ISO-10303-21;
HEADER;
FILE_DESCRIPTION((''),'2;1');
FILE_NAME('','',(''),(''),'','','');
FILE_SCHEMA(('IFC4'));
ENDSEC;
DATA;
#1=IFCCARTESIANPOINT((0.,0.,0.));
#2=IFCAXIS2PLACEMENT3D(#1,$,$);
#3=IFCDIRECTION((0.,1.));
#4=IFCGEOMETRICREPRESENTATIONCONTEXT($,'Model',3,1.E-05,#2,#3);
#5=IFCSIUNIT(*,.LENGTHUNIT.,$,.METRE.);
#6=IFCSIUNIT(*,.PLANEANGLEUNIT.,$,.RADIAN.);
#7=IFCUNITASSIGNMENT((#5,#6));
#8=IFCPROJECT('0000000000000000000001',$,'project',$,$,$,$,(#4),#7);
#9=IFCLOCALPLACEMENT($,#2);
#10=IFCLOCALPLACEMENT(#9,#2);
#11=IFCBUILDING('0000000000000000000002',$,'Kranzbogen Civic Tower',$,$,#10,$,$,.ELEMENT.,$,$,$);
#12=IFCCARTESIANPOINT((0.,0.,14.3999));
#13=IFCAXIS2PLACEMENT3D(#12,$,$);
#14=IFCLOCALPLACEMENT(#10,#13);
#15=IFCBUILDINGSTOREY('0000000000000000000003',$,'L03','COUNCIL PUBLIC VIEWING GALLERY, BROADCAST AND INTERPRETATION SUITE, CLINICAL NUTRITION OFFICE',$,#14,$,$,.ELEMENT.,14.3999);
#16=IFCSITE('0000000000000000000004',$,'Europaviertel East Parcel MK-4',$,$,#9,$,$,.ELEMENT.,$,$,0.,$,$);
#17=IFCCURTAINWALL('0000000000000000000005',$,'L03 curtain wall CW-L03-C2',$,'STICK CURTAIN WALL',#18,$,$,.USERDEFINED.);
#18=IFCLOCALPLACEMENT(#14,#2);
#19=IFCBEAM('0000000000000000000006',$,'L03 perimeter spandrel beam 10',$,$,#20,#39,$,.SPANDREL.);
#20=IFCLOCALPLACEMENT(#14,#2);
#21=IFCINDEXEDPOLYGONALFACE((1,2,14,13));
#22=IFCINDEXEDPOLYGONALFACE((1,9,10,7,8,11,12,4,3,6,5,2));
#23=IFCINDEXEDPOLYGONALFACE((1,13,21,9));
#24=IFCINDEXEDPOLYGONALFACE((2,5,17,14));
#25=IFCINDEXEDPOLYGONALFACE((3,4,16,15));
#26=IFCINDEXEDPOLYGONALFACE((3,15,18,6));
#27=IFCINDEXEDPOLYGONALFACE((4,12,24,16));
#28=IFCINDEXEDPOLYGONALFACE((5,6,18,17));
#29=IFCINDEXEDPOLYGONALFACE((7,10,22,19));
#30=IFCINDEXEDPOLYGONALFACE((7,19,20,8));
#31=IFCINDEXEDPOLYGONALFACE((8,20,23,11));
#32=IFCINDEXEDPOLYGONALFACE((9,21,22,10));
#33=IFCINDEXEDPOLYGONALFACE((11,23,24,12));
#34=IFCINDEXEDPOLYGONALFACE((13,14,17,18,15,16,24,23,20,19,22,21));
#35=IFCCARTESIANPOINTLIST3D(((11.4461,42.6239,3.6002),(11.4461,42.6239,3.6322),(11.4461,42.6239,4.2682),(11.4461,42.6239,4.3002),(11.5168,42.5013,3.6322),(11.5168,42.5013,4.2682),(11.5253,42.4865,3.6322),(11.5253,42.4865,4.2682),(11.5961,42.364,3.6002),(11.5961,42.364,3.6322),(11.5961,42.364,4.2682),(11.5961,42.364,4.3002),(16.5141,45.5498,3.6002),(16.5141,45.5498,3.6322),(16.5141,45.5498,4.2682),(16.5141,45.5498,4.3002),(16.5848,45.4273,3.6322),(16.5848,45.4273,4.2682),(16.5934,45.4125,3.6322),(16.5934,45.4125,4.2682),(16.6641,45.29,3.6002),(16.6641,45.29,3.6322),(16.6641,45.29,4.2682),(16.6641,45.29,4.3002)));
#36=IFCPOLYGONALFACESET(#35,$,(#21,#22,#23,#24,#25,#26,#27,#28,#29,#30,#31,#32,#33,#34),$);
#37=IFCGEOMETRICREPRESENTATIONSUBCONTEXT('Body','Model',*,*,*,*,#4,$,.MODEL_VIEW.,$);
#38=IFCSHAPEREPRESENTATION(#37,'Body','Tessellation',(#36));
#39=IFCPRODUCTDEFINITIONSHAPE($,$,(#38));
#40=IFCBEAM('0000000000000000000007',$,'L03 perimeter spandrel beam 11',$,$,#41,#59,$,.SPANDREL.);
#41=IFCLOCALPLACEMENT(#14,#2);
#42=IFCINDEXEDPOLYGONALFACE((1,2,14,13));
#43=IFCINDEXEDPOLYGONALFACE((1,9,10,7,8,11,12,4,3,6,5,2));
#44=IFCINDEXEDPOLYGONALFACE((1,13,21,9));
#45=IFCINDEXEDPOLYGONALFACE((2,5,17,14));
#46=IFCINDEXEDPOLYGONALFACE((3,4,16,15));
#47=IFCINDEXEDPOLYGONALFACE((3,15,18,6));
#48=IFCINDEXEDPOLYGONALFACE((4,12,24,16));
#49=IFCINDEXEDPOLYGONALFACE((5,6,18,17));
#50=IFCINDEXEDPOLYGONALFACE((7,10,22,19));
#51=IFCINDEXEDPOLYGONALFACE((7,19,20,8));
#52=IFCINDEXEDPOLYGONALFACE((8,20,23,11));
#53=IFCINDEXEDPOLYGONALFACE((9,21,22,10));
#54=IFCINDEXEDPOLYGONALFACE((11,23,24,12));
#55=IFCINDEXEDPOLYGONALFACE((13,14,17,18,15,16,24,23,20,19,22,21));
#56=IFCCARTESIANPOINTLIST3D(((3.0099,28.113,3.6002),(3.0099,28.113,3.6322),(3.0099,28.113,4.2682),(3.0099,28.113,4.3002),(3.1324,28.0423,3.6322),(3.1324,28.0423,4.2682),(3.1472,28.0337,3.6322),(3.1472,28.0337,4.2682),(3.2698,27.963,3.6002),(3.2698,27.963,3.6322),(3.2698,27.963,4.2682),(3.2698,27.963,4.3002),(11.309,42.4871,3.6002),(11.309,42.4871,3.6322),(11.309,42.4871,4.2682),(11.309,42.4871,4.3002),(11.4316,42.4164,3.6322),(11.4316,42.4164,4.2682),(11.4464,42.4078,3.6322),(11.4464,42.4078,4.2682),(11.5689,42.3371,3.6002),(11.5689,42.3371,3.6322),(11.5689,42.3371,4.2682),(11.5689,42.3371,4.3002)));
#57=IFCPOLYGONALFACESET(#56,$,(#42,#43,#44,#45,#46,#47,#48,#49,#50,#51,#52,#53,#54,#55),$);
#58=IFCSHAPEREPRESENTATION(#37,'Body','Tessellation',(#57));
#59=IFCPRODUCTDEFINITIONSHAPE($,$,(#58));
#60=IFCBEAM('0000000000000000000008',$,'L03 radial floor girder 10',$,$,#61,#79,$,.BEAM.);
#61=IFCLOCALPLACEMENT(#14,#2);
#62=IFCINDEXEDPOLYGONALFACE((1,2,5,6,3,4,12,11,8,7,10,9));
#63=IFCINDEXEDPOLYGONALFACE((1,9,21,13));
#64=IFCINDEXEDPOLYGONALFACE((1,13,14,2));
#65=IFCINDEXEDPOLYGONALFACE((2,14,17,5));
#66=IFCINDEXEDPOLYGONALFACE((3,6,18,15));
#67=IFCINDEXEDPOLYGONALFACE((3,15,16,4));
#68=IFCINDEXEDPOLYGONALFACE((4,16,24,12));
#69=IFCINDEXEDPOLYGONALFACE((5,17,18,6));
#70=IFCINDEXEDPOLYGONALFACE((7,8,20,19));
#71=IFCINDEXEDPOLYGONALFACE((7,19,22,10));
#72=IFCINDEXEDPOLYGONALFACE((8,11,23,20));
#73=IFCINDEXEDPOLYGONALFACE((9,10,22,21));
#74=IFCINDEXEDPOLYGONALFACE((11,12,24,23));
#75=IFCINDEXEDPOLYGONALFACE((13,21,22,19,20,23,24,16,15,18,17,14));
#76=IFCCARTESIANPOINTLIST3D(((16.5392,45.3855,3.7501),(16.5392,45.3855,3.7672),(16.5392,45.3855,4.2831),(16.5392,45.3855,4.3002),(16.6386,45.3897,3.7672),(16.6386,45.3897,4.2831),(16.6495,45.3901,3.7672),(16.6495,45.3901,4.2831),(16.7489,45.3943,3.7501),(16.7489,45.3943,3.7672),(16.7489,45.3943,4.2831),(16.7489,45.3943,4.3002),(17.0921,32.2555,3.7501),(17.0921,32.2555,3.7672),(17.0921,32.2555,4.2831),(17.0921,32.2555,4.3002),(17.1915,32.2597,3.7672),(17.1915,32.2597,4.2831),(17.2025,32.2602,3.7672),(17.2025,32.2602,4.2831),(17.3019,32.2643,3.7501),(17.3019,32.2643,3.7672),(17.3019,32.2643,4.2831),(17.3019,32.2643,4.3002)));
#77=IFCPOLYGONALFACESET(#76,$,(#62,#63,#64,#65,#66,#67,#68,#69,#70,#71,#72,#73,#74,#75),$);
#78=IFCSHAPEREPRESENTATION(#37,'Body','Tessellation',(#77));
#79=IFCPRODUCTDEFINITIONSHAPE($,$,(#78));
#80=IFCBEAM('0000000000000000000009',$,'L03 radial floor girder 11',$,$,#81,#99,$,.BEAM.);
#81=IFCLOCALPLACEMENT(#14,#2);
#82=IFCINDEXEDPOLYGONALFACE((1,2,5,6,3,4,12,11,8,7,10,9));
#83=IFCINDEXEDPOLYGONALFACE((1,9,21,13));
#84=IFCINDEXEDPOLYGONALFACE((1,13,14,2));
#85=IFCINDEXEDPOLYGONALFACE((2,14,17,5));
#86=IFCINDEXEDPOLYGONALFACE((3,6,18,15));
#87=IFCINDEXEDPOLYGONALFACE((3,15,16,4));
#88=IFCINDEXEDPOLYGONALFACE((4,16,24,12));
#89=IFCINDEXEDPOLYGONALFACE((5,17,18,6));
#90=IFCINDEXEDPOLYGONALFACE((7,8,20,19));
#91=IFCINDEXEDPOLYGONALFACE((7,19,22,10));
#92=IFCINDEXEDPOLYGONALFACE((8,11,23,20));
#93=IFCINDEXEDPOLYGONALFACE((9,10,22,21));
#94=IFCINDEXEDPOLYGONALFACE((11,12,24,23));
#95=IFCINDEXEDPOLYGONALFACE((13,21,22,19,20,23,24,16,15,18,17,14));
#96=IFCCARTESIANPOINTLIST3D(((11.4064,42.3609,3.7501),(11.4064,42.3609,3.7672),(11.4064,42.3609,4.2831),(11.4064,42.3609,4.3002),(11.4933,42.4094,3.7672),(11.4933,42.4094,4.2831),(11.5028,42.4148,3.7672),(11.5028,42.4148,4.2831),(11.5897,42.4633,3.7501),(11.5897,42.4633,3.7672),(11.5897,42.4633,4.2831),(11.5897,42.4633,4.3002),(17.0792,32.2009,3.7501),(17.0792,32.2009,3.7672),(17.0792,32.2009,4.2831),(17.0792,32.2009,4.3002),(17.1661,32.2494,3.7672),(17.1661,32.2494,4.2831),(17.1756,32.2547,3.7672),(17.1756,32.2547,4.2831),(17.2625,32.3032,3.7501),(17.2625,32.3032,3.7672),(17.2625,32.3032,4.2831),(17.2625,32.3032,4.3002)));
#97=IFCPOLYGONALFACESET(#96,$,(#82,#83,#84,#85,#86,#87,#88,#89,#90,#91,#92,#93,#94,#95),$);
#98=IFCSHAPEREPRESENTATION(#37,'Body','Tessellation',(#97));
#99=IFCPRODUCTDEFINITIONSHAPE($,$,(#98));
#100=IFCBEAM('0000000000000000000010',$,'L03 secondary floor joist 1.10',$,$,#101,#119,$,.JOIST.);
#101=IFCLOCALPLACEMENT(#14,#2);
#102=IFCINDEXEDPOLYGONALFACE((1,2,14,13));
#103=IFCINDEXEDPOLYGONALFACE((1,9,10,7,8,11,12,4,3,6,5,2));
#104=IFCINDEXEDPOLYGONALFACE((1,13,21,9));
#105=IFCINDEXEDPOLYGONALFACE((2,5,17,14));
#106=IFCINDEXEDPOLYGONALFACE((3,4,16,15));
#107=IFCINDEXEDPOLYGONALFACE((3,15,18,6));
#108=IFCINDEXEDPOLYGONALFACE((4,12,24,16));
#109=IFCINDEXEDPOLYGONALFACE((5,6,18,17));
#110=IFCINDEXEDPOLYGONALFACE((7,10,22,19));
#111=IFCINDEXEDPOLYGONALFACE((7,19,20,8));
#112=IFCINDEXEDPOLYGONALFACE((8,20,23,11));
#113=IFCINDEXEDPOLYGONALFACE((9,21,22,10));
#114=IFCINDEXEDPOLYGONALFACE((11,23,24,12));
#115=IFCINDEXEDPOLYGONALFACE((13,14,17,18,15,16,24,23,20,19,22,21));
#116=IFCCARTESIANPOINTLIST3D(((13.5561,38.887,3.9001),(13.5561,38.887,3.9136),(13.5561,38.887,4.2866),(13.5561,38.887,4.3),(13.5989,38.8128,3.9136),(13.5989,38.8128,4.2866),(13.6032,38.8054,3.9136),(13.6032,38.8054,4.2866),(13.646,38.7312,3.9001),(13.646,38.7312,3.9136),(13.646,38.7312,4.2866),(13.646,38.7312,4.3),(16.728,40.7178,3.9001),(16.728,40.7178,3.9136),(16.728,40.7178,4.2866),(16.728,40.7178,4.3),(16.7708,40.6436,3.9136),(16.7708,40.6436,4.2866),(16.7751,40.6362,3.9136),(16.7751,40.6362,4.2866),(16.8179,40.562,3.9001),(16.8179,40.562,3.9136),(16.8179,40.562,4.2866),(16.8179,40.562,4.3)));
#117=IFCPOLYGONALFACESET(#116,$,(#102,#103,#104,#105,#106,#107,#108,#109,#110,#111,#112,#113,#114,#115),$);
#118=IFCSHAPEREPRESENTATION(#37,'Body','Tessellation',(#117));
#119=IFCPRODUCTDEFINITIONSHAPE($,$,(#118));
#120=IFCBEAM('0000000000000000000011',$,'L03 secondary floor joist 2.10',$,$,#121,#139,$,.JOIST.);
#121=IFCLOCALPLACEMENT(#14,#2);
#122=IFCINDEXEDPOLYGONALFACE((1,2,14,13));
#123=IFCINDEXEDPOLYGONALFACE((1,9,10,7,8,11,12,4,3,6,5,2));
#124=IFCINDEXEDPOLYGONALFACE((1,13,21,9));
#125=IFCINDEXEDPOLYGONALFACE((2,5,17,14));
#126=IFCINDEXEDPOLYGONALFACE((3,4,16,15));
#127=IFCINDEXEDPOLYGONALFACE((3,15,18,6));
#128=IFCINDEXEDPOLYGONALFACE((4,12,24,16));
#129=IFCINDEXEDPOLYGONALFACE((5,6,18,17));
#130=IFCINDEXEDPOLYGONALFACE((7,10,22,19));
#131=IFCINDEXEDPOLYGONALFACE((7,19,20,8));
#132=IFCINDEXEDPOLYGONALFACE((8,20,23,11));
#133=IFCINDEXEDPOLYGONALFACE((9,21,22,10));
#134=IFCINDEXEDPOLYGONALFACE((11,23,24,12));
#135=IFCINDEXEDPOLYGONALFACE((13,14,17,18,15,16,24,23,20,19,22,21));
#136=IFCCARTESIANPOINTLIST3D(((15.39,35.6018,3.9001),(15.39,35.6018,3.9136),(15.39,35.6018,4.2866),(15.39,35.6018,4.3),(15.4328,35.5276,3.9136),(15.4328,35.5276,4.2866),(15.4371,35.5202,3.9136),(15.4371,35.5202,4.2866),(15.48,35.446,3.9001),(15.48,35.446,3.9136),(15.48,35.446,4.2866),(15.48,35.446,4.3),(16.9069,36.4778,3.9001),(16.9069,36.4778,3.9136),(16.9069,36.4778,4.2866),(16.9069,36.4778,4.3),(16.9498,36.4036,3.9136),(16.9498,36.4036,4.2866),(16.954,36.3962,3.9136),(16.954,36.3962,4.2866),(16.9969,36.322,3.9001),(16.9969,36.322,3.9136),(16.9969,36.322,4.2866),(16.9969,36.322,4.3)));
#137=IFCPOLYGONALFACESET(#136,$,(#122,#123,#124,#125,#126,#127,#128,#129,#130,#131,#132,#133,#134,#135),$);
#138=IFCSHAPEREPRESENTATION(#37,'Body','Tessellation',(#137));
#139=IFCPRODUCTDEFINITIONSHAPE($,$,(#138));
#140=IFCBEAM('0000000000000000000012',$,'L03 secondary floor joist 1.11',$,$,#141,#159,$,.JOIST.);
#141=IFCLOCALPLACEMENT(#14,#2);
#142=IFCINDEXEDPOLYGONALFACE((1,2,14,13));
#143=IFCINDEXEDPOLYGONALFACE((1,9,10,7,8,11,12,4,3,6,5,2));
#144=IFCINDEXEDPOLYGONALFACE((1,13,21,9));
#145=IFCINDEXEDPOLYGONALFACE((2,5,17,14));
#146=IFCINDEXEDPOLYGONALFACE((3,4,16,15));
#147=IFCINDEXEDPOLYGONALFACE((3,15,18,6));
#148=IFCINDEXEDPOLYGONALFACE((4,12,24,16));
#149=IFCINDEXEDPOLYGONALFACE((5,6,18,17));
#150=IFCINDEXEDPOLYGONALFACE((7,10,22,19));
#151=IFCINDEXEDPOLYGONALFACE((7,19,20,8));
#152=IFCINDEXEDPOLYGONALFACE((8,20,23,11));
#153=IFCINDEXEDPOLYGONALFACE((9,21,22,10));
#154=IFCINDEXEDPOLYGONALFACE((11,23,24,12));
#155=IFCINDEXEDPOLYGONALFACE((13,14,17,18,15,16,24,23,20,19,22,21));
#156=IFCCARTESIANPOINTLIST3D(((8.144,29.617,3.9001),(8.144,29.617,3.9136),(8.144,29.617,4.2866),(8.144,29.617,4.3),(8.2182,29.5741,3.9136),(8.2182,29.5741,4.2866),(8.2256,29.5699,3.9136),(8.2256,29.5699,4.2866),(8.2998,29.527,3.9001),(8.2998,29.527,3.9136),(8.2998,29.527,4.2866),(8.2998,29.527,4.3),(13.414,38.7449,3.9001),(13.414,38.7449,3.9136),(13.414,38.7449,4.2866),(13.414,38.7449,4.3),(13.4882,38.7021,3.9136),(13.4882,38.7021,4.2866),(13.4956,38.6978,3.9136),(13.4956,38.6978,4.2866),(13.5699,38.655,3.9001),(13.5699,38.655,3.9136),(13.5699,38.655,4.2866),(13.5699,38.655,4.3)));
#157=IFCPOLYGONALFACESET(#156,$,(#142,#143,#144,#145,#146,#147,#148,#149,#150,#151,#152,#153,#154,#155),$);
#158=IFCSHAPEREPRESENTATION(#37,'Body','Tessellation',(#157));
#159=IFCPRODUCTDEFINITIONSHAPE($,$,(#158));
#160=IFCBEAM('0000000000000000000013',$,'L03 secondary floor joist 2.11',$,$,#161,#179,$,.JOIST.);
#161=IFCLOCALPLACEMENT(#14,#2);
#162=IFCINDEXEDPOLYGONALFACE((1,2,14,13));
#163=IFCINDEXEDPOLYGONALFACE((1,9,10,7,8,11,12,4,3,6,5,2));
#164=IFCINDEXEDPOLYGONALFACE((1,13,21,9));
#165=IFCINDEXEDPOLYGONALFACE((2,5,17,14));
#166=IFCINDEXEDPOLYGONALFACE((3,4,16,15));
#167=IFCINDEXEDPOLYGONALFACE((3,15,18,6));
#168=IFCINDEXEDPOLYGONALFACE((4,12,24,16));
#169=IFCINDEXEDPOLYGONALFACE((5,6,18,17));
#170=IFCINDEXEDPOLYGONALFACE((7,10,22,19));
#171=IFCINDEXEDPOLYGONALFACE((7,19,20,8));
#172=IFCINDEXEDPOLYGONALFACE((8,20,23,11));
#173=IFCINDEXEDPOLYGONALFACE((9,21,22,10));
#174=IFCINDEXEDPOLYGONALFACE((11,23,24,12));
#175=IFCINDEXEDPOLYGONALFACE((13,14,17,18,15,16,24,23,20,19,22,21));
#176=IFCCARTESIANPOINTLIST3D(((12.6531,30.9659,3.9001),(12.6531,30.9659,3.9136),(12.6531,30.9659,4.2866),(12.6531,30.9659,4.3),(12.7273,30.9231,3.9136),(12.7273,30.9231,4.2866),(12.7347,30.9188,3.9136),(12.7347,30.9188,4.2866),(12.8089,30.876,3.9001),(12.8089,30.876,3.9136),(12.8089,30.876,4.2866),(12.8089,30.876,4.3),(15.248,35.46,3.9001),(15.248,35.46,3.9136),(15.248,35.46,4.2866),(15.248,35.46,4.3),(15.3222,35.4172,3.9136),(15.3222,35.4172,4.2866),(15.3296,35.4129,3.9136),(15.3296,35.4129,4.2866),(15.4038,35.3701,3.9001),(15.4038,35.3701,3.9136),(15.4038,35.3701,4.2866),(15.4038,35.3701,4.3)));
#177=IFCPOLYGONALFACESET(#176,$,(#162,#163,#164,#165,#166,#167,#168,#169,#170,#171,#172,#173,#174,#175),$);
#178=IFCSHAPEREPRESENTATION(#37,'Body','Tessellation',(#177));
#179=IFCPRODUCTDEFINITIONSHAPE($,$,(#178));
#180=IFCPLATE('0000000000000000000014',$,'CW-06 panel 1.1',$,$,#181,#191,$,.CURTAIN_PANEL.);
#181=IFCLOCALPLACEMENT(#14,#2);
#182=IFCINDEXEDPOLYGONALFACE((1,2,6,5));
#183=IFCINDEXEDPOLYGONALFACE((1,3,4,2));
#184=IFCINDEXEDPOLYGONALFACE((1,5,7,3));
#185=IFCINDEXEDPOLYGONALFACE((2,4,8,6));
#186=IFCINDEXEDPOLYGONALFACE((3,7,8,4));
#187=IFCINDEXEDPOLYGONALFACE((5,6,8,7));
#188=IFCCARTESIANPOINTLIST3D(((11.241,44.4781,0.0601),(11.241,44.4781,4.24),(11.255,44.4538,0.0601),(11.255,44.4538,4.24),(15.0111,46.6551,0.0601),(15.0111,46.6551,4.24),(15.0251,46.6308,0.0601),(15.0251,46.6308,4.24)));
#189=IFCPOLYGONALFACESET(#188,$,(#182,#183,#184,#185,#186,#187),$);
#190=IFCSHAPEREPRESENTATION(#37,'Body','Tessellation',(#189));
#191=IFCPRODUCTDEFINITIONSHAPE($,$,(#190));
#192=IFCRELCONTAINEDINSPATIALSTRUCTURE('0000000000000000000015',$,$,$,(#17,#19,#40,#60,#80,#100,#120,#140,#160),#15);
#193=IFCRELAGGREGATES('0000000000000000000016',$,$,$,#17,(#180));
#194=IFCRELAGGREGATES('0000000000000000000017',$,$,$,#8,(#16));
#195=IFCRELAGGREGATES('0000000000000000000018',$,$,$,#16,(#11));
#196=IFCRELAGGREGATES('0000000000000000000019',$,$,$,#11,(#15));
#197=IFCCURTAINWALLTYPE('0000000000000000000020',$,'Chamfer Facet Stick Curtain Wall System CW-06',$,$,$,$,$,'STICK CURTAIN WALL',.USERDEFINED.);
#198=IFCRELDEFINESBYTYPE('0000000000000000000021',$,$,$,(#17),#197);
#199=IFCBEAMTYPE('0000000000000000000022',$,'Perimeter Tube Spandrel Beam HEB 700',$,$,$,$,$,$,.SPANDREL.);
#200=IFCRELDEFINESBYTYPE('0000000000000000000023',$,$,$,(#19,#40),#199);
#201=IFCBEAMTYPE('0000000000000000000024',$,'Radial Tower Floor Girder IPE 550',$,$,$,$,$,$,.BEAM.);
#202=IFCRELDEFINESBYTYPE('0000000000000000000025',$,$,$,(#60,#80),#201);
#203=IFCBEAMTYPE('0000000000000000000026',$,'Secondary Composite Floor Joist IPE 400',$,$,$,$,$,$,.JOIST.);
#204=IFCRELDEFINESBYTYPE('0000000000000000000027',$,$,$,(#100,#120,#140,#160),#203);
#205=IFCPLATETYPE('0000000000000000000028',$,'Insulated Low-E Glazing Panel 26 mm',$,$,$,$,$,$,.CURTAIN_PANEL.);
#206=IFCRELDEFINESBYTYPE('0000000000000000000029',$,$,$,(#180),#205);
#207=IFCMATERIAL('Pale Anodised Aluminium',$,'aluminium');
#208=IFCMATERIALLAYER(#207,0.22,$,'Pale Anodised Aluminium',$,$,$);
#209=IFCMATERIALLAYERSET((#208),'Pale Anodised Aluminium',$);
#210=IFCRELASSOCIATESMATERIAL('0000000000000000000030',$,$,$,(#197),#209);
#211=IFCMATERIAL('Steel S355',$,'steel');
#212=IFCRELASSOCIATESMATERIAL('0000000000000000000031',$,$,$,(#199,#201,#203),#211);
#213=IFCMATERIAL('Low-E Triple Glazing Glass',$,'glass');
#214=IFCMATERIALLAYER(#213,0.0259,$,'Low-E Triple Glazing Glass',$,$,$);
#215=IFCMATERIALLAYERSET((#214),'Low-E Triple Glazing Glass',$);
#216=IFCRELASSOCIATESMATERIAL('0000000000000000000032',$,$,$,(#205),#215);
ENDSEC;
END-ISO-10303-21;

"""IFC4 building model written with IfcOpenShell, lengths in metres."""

from ifc_helpers import new_model, si_unit, direction, frame, origin, origin_2d, place, context, subcontext, project, spatial, rectangle, i_section, extrude, material, layer, layer_set, material_profile, profile_set, type_object, element, aggregate, save


model = new_model("IFC4")

# Units and contexts
model_context = context("Model", 3, precision=1e-05, world=origin(), true_north=direction((0.0, 1.0)))
body_context = subcontext(model_context, "Body", "Model", "MODEL_VIEW")
ifc_project = project(units=[si_unit("LENGTHUNIT", "METRE"), si_unit("PLANEANGLEUNIT", "RADIAN")], contexts=[model_context])

# Site, building, storey
site_placement = place(None, origin())
site = spatial("IfcSite", under=ifc_project, at=site_placement, Name="Europaviertel East Parcel MK-4", CompositionType="ELEMENT", RefElevation=0.0)
building_placement = place(site_placement, origin())
building = spatial("IfcBuilding", under=site, at=building_placement, Name="Kranzbogen Civic Tower", CompositionType="ELEMENT")
storey_placement = place(building_placement, frame((0.0, 0.0, 14.3999)))
storey = spatial("IfcBuildingStorey", under=building, at=storey_placement, Name="L03", Description="COUNCIL PUBLIC VIEWING GALLERY, BROADCAST AND INTERPRETATION SUITE, CLINICAL NUTRITION OFFICE", CompositionType="ELEMENT", Elevation=14.3999)

# Curtain wall
ifc_material_1 = material(Name="Pale Anodised Aluminium", Category="aluminium")
ifc_layer_1 = layer(ifc_material_1, 0.22, Name="Pale Anodised Aluminium")
ifc_layer_set_1 = layer_set([ifc_layer_1], Name="Pale Anodised Aluminium")
curtain_wall_type_1 = type_object("IfcCurtainWallType", Name="Chamfer Facet Stick Curtain Wall System CW-06", ElementType="STICK CURTAIN WALL", PredefinedType="USERDEFINED", material=ifc_layer_set_1)
curtain_wall_1_placement = place(storey_placement, origin())
curtain_wall_1 = element("IfcCurtainWall", 1, at=curtain_wall_1_placement, inside=storey, type_object=curtain_wall_type_1, Name="L03 curtain wall CW-L03-C2", ObjectType="STICK CURTAIN WALL", PredefinedType="USERDEFINED")

# Beams
ifc_material_2 = material(Name="Steel S355", Category="steel")
ifc_material_profile_1 = material_profile(ifc_material_2, i_section(OverallWidth=0.3, OverallDepth=0.7, WebThickness=0.0171, FlangeThickness=0.032, at=origin_2d()), Name="HEB 700")
ifc_profile_set_1 = profile_set([ifc_material_profile_1], Name="Steel S355")
beam_type_1 = type_object("IfcBeamType", Name="Perimeter Tube Spandrel Beam HEB 700", PredefinedType="SPANDREL", material=ifc_profile_set_1)
beam_1_placement = place(storey_placement, frame((16.5891, 45.4199, 3.9502), z_axis=(-0.866029, -0.499993, 0.0), x_axis=(0.499993, -0.866029, 0.0)))
element("IfcBeam", 2, at=beam_1_placement, inside=storey, type_object=beam_type_1, Name="L03 perimeter spandrel beam 10", PredefinedType="SPANDREL", context=body_context, shape_type="SweptSolid", body=[
    extrude(i_section(OverallWidth=0.3, OverallDepth=0.7, WebThickness=0.0171, FlangeThickness=0.032, at=origin_2d()), origin(), (0.0, 0.0, 1.0), 5.8521),
])
beam_2_placement = place(storey_placement, frame((11.439, 42.4121, 3.9502), z_axis=(-0.50001, -0.86602, 0.0), x_axis=(0.86602, -0.50001, 0.0)))
element("IfcBeam", 3, at=beam_2_placement, inside=storey, type_object=beam_type_1, Name="L03 perimeter spandrel beam 11", PredefinedType="SPANDREL", context=body_context, shape_type="SweptSolid", body=[
    extrude(i_section(OverallWidth=0.3, OverallDepth=0.7, WebThickness=0.0171, FlangeThickness=0.032, at=origin_2d()), origin(), (0.0, 0.0, 1.0), 16.5979),
])
ifc_material_profile_2 = material_profile(ifc_material_2, i_section(OverallWidth=0.21, OverallDepth=0.55, WebThickness=0.011, FlangeThickness=0.0171, at=origin_2d()), Name="IPE 550")
ifc_profile_set_2 = profile_set([ifc_material_profile_2], Name="Steel S355")
beam_type_2 = type_object("IfcBeamType", Name="Radial Tower Floor Girder IPE 550", PredefinedType="BEAM", material=ifc_profile_set_2)
beam_3_placement = place(storey_placement, frame((16.644, 45.3899, 4.0251), z_axis=(0.042079, -0.999114, 0.0), x_axis=(0.999114, 0.042079, 0.0)))
element("IfcBeam", 4, at=beam_3_placement, inside=storey, type_object=beam_type_2, Name="L03 radial floor girder 10", PredefinedType="BEAM", context=body_context, shape_type="SweptSolid", body=[
    extrude(i_section(OverallWidth=0.21, OverallDepth=0.55, WebThickness=0.011, FlangeThickness=0.0171, at=origin_2d()), origin(), (0.0, 0.0, 1.0), 13.1416),
])
beam_4_placement = place(storey_placement, frame((11.498, 42.4121, 4.0251), z_axis=(0.487502, -0.873122, 0.0), x_axis=(0.873122, 0.487502, 0.0)))
element("IfcBeam", 5, at=beam_4_placement, inside=storey, type_object=beam_type_2, Name="L03 radial floor girder 11", PredefinedType="BEAM", context=body_context, shape_type="SweptSolid", body=[
    extrude(i_section(OverallWidth=0.21, OverallDepth=0.55, WebThickness=0.011, FlangeThickness=0.0171, at=origin_2d()), origin(), (0.0, 0.0, 1.0), 11.6365),
])
ifc_material_profile_3 = material_profile(ifc_material_2, i_section(OverallWidth=0.1799, OverallDepth=0.3999, WebThickness=0.0085, FlangeThickness=0.0134, at=origin_2d()), Name="IPE 400")
ifc_profile_set_3 = profile_set([ifc_material_profile_3], Name="Steel S355")
beam_type_3 = type_object("IfcBeamType", Name="Secondary Composite Floor Joist IPE 400", PredefinedType="JOIST", material=ifc_profile_set_3)
beam_5_placement = place(storey_placement, frame((16.7729, 40.6399, 4.1001), z_axis=(-0.866081, -0.499903, 0.0), x_axis=(0.499903, -0.866081, 0.0)))
element("IfcBeam", 6, at=beam_5_placement, inside=storey, type_object=beam_type_3, Name="L03 secondary floor joist 1.10", PredefinedType="JOIST", context=body_context, shape_type="SweptSolid", body=[
    extrude(i_section(OverallWidth=0.1799, OverallDepth=0.3999, WebThickness=0.0085, FlangeThickness=0.0134, at=origin_2d()), origin(), (0.0, 0.0, 1.0), 3.6624),
])
beam_6_placement = place(storey_placement, frame((16.9519, 36.3999, 4.1001), z_axis=(-0.86597, -0.500096, 0.0), x_axis=(0.500096, -0.86597, 0.0)))
element("IfcBeam", 7, at=beam_6_placement, inside=storey, type_object=beam_type_3, Name="L03 secondary floor joist 2.10", PredefinedType="JOIST", context=body_context, shape_type="SweptSolid", body=[
    extrude(i_section(OverallWidth=0.1799, OverallDepth=0.3999, WebThickness=0.0085, FlangeThickness=0.0134, at=origin_2d()), origin(), (0.0, 0.0, 1.0), 1.7517),
])
beam_7_placement = place(storey_placement, frame((13.4919, 38.7, 4.1001), z_axis=(-0.5, -0.866025, 0.0), x_axis=(0.866025, -0.5, 0.0)))
element("IfcBeam", 8, at=beam_7_placement, inside=storey, type_object=beam_type_3, Name="L03 secondary floor joist 1.11", PredefinedType="JOIST", context=body_context, shape_type="SweptSolid", body=[
    extrude(i_section(OverallWidth=0.1799, OverallDepth=0.3999, WebThickness=0.0085, FlangeThickness=0.0134, at=origin_2d()), origin(), (0.0, 0.0, 1.0), 10.54),
])
beam_8_placement = place(storey_placement, frame((15.3259, 35.415, 4.1001), z_axis=(-0.50004, -0.866002, 0.0), x_axis=(0.866002, -0.50004, 0.0)))
element("IfcBeam", 9, at=beam_8_placement, inside=storey, type_object=beam_type_3, Name="L03 secondary floor joist 2.11", PredefinedType="JOIST", context=body_context, shape_type="SweptSolid", body=[
    extrude(i_section(OverallWidth=0.1799, OverallDepth=0.3999, WebThickness=0.0085, FlangeThickness=0.0134, at=origin_2d()), origin(), (0.0, 0.0, 1.0), 5.1895),
])

# Plate
ifc_material_3 = material(Name="Low-E Triple Glazing Glass", Category="glass")
ifc_layer_2 = layer(ifc_material_3, 0.0259, Name="Low-E Triple Glazing Glass")
ifc_layer_set_2 = layer_set([ifc_layer_2], Name="Low-E Triple Glazing Glass")
plate_type_1 = type_object("IfcPlateType", Name="Insulated Low-E Glazing Panel 26 mm", PredefinedType="CURTAIN_PANEL", material=ifc_layer_set_2)
plate_1_placement = place(storey_placement, frame((13.1331, 45.5544, 0.0601), z_axis=(0.0, 0.0, 1.0), x_axis=(-0.865992, -0.500058, 0.0)))
plate_1 = element("IfcPlate", 10, at=plate_1_placement, type_object=plate_type_1, Name="CW-06 panel 1.1", PredefinedType="CURTAIN_PANEL", context=body_context, shape_type="SweptSolid", body=[
    extrude(rectangle(XDim=4.3535, YDim=0.0281, at=origin_2d()), origin(), (0.0, 0.0, 1.0), 4.1799),
])
aggregate(curtain_wall_1, [plate_1])

save(model, "model.ifc")
